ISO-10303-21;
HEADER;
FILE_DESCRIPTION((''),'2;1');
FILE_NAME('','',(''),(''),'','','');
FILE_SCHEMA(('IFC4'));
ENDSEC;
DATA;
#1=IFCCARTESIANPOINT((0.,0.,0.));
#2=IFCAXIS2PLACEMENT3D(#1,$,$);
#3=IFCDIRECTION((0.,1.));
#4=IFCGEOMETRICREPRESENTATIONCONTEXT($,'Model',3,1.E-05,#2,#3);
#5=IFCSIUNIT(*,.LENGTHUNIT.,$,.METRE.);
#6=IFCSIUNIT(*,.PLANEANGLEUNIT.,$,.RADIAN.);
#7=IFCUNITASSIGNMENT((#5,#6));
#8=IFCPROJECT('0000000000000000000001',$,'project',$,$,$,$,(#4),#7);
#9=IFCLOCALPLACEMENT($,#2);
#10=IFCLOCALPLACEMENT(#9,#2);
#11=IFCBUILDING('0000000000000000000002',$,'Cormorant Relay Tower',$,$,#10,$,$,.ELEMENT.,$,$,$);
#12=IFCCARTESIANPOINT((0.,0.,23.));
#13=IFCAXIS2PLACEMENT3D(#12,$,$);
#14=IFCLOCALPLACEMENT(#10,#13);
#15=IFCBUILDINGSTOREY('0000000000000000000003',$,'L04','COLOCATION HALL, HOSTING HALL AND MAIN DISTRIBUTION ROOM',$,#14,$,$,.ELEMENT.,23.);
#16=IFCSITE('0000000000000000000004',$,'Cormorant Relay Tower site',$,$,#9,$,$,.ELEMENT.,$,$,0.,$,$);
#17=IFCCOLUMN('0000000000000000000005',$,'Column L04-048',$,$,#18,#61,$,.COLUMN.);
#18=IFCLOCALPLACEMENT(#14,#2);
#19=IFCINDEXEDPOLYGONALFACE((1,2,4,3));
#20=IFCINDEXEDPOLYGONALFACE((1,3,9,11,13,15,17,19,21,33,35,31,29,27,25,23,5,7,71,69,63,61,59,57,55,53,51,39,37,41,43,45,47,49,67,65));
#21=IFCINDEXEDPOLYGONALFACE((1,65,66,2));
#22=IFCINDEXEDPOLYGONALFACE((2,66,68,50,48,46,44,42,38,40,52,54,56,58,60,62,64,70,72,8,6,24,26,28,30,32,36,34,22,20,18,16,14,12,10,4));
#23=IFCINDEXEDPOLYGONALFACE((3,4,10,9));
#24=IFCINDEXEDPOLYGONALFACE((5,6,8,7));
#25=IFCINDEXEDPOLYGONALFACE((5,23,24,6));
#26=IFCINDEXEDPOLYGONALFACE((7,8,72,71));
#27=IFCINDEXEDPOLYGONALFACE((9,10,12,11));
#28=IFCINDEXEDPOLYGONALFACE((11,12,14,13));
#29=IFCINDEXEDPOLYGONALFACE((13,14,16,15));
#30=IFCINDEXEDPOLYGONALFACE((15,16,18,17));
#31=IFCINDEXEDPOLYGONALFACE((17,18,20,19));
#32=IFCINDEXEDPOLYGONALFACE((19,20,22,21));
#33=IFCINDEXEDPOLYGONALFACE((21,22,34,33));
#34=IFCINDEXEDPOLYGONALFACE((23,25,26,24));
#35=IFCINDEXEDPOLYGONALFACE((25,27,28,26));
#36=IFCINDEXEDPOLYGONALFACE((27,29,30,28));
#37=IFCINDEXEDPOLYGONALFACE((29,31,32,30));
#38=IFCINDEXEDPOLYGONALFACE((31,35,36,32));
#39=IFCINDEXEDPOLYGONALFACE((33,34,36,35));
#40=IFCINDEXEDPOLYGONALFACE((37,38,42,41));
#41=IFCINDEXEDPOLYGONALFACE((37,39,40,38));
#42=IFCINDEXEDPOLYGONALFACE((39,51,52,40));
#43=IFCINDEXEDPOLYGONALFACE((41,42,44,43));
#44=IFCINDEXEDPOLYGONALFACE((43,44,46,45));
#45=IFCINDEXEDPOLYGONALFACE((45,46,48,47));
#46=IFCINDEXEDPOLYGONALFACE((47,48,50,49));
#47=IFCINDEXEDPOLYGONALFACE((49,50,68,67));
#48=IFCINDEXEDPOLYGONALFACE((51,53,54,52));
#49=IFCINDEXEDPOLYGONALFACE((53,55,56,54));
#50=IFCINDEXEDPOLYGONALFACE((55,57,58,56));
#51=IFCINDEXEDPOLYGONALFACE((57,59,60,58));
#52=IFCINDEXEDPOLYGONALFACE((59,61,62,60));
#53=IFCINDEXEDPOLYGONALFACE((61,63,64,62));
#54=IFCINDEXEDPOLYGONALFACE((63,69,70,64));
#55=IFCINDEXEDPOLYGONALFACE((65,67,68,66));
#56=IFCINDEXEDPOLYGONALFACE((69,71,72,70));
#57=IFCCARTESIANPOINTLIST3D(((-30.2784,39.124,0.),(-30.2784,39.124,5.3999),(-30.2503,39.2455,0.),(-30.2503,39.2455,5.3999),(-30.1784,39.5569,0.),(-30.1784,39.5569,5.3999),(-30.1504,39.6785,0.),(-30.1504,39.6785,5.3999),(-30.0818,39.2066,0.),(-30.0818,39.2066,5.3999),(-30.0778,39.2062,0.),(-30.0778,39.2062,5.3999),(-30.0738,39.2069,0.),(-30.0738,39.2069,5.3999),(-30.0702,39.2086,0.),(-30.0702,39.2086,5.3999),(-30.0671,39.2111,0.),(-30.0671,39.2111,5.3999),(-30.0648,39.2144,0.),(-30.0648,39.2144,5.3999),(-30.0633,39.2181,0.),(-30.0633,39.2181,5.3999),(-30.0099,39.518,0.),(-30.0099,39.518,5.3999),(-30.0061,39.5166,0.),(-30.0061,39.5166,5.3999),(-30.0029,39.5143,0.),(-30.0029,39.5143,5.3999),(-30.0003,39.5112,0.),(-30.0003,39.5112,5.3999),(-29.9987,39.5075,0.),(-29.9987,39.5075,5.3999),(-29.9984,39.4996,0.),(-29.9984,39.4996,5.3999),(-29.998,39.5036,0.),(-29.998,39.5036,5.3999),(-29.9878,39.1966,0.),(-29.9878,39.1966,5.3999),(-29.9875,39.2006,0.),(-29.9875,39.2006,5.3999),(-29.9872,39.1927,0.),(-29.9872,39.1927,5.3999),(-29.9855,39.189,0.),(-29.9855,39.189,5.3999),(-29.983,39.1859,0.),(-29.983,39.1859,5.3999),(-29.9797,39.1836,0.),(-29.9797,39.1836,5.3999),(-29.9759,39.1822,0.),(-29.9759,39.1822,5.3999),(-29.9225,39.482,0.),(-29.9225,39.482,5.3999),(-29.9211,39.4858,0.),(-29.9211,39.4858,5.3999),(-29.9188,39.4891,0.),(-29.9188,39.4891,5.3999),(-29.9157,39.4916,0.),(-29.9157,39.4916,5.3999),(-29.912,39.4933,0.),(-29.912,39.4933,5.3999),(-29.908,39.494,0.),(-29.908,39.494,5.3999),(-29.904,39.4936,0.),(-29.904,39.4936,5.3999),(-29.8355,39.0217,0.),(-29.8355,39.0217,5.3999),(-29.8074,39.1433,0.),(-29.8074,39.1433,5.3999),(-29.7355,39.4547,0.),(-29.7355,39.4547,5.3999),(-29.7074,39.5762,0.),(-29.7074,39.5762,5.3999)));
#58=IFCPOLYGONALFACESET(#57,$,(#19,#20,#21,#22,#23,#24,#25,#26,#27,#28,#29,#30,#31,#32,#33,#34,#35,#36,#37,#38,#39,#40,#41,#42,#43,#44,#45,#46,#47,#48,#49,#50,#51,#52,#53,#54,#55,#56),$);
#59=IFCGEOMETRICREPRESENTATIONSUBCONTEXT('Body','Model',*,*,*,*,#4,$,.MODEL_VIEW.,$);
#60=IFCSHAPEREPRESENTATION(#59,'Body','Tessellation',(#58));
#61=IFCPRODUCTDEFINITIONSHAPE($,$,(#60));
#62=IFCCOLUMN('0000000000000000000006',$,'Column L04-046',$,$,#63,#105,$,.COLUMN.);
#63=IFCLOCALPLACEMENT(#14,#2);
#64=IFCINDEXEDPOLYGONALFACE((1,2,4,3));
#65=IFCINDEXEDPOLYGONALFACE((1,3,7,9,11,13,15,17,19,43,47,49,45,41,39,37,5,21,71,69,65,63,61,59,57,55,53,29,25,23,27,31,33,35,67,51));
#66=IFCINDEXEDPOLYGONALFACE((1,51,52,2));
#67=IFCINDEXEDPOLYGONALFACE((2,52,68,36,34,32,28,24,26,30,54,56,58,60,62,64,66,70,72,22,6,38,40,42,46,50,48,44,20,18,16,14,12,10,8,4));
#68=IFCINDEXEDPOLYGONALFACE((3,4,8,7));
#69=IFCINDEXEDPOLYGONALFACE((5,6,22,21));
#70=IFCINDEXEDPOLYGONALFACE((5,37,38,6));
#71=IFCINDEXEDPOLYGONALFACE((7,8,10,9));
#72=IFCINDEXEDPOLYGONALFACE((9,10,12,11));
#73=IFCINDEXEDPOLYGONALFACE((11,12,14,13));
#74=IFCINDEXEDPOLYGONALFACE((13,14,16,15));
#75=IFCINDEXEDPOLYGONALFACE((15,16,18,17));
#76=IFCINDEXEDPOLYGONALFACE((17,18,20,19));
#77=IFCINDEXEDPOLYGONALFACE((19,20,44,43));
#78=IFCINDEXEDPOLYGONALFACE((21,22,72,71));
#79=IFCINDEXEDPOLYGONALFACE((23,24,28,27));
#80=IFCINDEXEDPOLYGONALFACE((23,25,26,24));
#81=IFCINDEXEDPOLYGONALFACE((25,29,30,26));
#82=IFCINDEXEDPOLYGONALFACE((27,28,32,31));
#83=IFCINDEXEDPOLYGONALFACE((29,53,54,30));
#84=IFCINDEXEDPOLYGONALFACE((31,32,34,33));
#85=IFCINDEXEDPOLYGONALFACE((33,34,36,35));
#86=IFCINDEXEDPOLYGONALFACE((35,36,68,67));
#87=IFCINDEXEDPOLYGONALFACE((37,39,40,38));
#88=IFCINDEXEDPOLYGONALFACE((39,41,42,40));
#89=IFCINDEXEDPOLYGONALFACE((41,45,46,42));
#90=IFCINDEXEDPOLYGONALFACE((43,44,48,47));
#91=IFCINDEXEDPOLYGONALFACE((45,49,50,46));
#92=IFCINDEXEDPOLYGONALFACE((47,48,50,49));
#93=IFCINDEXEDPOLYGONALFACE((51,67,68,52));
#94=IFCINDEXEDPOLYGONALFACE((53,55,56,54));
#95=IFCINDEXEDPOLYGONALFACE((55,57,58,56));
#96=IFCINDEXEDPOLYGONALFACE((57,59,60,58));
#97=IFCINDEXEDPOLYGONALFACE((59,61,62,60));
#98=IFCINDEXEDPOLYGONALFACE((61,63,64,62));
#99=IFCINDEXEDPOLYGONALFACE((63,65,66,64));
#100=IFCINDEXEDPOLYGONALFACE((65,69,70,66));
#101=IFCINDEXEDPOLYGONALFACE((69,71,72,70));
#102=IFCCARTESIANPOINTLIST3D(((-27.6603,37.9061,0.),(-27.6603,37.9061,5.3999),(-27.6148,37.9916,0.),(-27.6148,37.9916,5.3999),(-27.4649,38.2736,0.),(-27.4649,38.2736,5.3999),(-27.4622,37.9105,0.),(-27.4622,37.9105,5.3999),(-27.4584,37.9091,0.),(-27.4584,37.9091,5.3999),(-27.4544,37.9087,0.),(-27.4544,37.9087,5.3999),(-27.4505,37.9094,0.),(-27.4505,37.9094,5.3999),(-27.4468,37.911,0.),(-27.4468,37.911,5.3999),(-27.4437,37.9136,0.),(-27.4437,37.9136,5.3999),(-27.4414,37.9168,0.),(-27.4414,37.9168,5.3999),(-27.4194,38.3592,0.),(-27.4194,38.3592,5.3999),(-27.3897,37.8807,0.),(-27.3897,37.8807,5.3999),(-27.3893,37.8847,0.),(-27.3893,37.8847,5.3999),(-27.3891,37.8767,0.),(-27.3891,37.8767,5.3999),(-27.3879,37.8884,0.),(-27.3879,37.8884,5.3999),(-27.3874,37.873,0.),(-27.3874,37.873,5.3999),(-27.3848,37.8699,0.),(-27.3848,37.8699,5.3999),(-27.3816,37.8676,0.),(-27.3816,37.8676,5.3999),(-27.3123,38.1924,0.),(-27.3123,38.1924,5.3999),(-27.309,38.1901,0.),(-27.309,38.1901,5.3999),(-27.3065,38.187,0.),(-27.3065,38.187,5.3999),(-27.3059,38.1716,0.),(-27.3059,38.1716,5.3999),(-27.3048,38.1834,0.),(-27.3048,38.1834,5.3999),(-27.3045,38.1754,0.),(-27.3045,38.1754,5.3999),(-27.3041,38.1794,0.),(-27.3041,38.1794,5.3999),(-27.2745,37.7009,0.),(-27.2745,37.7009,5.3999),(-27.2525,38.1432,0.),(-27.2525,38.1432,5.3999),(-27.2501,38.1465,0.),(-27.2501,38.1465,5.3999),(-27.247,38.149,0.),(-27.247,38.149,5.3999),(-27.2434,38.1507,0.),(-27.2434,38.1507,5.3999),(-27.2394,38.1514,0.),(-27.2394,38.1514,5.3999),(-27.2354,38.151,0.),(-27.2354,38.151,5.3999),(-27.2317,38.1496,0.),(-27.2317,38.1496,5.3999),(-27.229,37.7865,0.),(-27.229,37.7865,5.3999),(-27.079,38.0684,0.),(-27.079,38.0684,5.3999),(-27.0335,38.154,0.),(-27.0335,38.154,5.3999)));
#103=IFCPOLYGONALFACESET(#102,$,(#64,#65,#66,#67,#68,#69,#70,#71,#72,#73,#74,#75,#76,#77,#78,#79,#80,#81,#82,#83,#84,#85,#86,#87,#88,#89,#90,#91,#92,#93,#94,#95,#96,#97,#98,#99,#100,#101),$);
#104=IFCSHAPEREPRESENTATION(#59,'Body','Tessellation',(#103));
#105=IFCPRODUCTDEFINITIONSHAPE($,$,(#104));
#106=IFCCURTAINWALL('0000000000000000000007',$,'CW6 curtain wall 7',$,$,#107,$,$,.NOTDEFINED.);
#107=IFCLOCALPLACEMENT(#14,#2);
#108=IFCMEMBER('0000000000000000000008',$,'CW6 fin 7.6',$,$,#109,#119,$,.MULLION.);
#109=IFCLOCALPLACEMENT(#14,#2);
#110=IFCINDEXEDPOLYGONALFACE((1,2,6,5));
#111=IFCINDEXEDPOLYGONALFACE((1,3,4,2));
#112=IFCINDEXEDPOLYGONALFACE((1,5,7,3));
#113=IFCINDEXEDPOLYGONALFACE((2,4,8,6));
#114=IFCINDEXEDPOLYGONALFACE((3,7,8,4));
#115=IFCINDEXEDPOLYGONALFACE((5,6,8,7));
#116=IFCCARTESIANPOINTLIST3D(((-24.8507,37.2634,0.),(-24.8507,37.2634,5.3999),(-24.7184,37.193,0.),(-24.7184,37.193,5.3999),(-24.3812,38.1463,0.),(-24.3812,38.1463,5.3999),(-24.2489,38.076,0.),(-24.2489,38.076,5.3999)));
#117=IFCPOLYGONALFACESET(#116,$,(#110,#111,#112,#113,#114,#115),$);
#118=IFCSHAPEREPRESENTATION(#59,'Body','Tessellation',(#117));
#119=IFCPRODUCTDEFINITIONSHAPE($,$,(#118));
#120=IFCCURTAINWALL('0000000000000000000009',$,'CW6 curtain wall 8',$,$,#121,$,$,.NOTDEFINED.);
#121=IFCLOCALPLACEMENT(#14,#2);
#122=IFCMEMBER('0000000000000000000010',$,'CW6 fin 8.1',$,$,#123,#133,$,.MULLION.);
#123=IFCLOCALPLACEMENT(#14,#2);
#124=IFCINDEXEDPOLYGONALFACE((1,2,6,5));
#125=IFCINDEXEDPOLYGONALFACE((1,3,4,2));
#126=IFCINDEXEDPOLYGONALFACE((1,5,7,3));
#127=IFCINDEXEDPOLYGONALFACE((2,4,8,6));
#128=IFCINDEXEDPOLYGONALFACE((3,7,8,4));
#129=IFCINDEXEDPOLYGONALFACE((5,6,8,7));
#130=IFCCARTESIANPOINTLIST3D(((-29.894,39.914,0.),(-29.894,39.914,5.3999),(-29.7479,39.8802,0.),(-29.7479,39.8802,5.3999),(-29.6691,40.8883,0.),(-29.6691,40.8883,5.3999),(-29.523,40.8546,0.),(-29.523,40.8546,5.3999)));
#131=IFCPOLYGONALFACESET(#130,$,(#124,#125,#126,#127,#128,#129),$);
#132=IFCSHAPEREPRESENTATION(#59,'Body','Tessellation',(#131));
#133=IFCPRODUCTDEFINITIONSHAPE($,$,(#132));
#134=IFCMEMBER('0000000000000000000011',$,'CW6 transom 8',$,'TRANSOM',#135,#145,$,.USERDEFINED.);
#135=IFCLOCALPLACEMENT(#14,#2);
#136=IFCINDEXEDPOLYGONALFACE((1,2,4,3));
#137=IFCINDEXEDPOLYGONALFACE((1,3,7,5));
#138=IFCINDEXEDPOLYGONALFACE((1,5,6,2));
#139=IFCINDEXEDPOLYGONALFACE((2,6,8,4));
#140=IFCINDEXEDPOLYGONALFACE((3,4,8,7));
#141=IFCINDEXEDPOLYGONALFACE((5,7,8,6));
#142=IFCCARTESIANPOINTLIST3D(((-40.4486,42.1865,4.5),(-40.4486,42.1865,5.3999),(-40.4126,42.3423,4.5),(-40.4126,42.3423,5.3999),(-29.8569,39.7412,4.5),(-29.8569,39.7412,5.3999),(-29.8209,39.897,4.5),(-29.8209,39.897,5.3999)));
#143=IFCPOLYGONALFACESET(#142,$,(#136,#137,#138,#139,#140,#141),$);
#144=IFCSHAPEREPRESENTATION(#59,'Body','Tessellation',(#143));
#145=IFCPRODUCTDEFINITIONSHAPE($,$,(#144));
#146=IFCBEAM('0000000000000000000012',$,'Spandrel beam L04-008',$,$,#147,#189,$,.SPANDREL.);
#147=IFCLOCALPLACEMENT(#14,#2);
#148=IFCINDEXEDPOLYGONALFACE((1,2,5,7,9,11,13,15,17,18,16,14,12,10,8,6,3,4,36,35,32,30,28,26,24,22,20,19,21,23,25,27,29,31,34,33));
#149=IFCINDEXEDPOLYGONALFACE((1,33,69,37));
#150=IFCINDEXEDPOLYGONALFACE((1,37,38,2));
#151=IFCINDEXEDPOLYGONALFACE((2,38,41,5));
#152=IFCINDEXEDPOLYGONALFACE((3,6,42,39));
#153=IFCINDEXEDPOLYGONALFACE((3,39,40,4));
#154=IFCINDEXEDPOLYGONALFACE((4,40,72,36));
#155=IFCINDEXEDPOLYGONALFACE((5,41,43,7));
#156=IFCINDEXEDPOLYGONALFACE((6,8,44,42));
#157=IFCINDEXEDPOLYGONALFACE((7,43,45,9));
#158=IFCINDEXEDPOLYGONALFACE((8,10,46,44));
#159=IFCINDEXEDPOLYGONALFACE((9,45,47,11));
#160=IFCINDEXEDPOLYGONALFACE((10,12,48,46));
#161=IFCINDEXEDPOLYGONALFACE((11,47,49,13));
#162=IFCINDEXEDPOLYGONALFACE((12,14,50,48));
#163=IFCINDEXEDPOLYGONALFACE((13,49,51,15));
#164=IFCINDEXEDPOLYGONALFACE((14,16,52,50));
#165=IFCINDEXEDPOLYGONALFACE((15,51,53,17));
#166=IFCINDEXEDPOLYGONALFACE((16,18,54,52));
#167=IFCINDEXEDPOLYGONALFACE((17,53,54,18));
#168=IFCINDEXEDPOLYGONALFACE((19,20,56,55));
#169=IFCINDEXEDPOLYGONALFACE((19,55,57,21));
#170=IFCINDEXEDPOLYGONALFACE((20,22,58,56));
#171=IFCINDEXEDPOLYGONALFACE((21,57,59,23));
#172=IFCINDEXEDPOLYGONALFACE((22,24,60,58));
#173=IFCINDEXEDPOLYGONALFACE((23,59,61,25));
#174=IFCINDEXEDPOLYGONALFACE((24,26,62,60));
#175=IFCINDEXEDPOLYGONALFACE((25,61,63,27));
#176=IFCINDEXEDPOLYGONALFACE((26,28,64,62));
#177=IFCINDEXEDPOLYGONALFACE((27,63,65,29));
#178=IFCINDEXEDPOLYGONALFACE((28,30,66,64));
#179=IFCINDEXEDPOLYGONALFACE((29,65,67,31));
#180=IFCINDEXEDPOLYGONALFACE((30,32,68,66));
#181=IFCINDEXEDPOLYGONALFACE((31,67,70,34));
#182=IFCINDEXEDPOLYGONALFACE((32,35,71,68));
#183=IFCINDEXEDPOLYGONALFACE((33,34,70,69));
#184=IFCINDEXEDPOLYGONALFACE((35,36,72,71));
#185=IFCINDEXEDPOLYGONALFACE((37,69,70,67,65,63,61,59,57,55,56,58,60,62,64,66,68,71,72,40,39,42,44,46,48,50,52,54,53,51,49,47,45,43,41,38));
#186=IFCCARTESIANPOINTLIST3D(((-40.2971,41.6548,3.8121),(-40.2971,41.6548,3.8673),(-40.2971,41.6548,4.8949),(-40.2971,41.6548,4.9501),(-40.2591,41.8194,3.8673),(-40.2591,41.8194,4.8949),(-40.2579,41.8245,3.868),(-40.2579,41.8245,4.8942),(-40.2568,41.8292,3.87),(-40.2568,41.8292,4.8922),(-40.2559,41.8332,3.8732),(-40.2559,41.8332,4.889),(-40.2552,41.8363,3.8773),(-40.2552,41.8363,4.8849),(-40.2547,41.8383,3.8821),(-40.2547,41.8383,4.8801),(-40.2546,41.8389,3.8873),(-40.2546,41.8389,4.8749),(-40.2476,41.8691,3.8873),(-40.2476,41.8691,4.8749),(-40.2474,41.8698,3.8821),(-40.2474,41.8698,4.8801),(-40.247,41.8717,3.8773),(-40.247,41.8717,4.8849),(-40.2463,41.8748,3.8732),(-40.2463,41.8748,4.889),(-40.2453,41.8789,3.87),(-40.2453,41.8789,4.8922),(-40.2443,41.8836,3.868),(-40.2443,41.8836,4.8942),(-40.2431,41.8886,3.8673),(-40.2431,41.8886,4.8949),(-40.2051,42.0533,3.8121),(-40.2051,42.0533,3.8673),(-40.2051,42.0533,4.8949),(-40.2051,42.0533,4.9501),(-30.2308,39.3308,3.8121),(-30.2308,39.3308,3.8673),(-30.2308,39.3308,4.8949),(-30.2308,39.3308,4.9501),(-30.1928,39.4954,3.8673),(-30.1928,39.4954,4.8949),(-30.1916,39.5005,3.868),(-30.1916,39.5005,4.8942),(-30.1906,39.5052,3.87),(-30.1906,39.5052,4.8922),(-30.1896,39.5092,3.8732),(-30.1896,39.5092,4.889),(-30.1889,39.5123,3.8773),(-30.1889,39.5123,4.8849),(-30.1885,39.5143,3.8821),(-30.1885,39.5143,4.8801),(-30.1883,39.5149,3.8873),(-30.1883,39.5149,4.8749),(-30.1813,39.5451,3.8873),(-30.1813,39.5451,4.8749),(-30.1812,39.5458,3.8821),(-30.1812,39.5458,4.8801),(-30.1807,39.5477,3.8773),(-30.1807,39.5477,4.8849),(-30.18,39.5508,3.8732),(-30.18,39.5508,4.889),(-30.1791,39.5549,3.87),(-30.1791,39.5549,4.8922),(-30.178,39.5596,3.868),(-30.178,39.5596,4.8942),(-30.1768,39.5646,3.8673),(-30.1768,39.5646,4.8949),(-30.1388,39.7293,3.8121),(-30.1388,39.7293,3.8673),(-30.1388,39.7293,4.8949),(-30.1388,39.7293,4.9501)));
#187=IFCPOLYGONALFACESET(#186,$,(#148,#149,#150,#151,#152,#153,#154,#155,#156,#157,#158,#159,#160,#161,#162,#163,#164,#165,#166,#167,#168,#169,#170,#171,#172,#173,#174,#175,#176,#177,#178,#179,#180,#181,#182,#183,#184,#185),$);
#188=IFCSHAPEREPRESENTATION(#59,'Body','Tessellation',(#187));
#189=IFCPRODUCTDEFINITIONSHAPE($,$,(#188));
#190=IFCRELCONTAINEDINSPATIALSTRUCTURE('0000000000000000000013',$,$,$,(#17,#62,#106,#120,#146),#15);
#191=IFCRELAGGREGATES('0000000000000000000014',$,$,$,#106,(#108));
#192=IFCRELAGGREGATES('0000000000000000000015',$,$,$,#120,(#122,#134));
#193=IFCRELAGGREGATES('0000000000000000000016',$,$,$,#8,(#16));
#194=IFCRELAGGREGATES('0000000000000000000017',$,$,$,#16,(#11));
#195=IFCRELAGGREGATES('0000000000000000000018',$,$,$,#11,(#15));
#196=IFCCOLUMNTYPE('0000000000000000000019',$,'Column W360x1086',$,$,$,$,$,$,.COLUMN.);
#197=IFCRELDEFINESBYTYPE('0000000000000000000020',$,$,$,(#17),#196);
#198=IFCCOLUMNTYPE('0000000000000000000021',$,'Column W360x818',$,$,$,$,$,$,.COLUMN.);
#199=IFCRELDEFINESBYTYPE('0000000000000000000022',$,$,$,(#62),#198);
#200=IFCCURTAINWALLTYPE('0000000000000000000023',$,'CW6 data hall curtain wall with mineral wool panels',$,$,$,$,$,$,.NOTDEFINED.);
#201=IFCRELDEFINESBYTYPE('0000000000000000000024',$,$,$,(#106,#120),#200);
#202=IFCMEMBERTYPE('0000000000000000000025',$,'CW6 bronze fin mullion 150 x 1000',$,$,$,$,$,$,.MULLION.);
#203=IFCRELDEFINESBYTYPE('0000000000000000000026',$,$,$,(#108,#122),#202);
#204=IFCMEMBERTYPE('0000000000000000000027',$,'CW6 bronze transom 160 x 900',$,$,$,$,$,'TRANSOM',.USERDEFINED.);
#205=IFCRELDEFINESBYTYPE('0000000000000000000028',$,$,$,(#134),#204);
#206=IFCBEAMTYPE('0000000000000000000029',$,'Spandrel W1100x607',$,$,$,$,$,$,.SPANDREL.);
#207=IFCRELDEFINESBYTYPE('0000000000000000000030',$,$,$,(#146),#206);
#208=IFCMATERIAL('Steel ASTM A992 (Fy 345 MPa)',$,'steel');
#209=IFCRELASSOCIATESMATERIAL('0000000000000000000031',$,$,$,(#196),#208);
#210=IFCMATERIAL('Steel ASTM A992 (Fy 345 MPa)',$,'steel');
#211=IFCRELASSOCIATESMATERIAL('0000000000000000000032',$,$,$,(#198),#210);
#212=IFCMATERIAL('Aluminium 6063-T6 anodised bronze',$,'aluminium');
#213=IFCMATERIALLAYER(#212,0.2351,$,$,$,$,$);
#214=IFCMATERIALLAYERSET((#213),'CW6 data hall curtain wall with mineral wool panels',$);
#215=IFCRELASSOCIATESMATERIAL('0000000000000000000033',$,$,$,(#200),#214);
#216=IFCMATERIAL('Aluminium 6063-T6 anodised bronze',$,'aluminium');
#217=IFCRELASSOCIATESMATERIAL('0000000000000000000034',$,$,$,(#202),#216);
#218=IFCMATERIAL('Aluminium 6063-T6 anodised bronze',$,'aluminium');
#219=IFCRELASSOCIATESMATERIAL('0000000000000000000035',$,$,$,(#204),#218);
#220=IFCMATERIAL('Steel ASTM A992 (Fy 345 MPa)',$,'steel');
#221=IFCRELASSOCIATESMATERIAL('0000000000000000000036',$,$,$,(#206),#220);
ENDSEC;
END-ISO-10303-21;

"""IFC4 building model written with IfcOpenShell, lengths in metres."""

from ifc_helpers import new_model, si_unit, direction, frame, origin, origin_2d, place, context, subcontext, project, spatial, rectangle, i_section, extrude, material, layer, layer_set, material_profile, profile_set, type_object, element, aggregate, save


model = new_model("IFC4")

# Units and contexts
model_context = context("Model", 3, precision=1e-05, world=origin(), true_north=direction((0.0, 1.0)))
body_context = subcontext(model_context, "Body", "Model", "MODEL_VIEW")
ifc_project = project(units=[si_unit("LENGTHUNIT", "METRE"), si_unit("PLANEANGLEUNIT", "RADIAN")], contexts=[model_context])

# Site, building, storey
site_placement = place(None, origin())
site = spatial("IfcSite", under=ifc_project, at=site_placement, Name="Cormorant Relay Tower site", CompositionType="ELEMENT", RefElevation=0.0)
building_placement = place(site_placement, origin())
building = spatial("IfcBuilding", under=site, at=building_placement, Name="Cormorant Relay Tower", CompositionType="ELEMENT")
storey_placement = place(building_placement, frame((0.0, 0.0, 23.0)))
storey = spatial("IfcBuildingStorey", under=building, at=storey_placement, Name="L04", Description="COLOCATION HALL, HOSTING HALL AND MAIN DISTRIBUTION ROOM", CompositionType="ELEMENT", Elevation=23.0)

# Columns
ifc_material_1 = material(Name="Steel ASTM A992 (Fy 345 MPa)", Category="steel")
ifc_material_profile_1 = material_profile(ifc_material_1, i_section(OverallWidth=0.4546, OverallDepth=0.5691, WebThickness=0.0779, FlangeThickness=0.1248, FilletRadius=0.0154, at=origin_2d()), Name="W360x1086")
ifc_profile_set_1 = profile_set([ifc_material_profile_1], Name="Steel ASTM A992 (Fy 345 MPa)")
column_type_1 = type_object("IfcColumnType", Name="Column W360x1086", PredefinedType="COLUMN", material=ifc_profile_set_1)
column_1_placement = place(storey_placement, frame((-29.9929, 39.3501, 0.0), z_axis=(0.0, 0.0, 1.0), x_axis=(-0.97437, 0.224951, 0.0)))
element("IfcColumn", 1, at=column_1_placement, inside=storey, type_object=column_type_1, Name="Column L04-048", PredefinedType="COLUMN", context=body_context, shape_type="SweptSolid", body=[
    extrude(i_section(OverallWidth=0.4546, OverallDepth=0.5691, WebThickness=0.0779, FlangeThickness=0.1248, FilletRadius=0.0154, at=origin_2d()), origin(), (0.0, 0.0, 1.0), 5.3999),
])
ifc_material_2 = material(Name="Steel ASTM A992 (Fy 345 MPa)", Category="steel")
ifc_material_profile_2 = material_profile(ifc_material_2, i_section(OverallWidth=0.437, OverallDepth=0.5132, WebThickness=0.0605, FlangeThickness=0.0969, FilletRadius=0.0154, at=origin_2d()), Name="W360x818")
ifc_profile_set_2 = profile_set([ifc_material_profile_2], Name="Steel ASTM A992 (Fy 345 MPa)")
column_type_2 = type_object("IfcColumnType", Name="Column W360x818", PredefinedType="COLUMN", material=ifc_profile_set_2)
column_2_placement = place(storey_placement, frame((-27.3469, 38.03, 0.0), z_axis=(0.0, 0.0, 1.0), x_axis=(-0.882948, 0.469472, 0.0)))
element("IfcColumn", 2, at=column_2_placement, inside=storey, type_object=column_type_2, Name="Column L04-046", PredefinedType="COLUMN", context=body_context, shape_type="SweptSolid", body=[
    extrude(i_section(OverallWidth=0.437, OverallDepth=0.5132, WebThickness=0.0605, FlangeThickness=0.0969, FilletRadius=0.0154, at=origin_2d()), origin(), (0.0, 0.0, 1.0), 5.3999),
])

# Curtain wall, member
ifc_material_3 = material(Name="Aluminium 6063-T6 anodised bronze", Category="aluminium")
ifc_layer_1 = layer(ifc_material_3, 0.2351)
ifc_layer_set_1 = layer_set([ifc_layer_1], Name="CW6 data hall curtain wall with mineral wool panels")
curtain_wall_type = type_object("IfcCurtainWallType", Name="CW6 data hall curtain wall with mineral wool panels", PredefinedType="NOTDEFINED", material=ifc_layer_set_1)
curtain_wall_1_placement = place(storey_placement, origin())
curtain_wall_1 = element("IfcCurtainWall", 3, at=curtain_wall_1_placement, inside=storey, type_object=curtain_wall_type, Name="CW6 curtain wall 7", PredefinedType="NOTDEFINED")
ifc_material_4 = material(Name="Aluminium 6063-T6 anodised bronze", Category="aluminium")
ifc_material_profile_3 = material_profile(ifc_material_4, rectangle(XDim=0.1499, YDim=1.0, at=origin_2d()), Name="AL 150x1000")
ifc_profile_set_3 = profile_set([ifc_material_profile_3], Name="Aluminium 6063-T6 anodised bronze")
member_type_1 = type_object("IfcMemberType", Name="CW6 bronze fin mullion 150 x 1000", PredefinedType="MULLION", material=ifc_profile_set_3)
member_1_placement = place(storey_placement, frame((-24.5498, 37.6697, 0.0), z_axis=(0.0, 0.0, 1.0), x_axis=(-0.882948, 0.469472, 0.0)))
member_1 = element("IfcMember", 4, at=member_1_placement, type_object=member_type_1, Name="CW6 fin 7.6", PredefinedType="MULLION", context=body_context, shape_type="SweptSolid", body=[
    extrude(rectangle(XDim=0.1499, YDim=1.0, at=origin_2d()), origin(), (0.0, 0.0, 1.0), 5.3999),
])

# Curtain wall, members
curtain_wall_2_placement = place(storey_placement, origin())
curtain_wall_2 = element("IfcCurtainWall", 5, at=curtain_wall_2_placement, inside=storey, type_object=curtain_wall_type, Name="CW6 curtain wall 8", PredefinedType="NOTDEFINED")
member_2_placement = place(storey_placement, frame((-29.7085, 40.3843, 0.0), z_axis=(0.0, 0.0, 1.0), x_axis=(-0.97437, 0.224951, 0.0)))
member_2 = element("IfcMember", 6, at=member_2_placement, type_object=member_type_1, Name="CW6 fin 8.1", PredefinedType="MULLION", context=body_context, shape_type="SweptSolid", body=[
    extrude(rectangle(XDim=0.1499, YDim=1.0, at=origin_2d()), origin(), (0.0, 0.0, 1.0), 5.3999),
])
ifc_material_5 = material(Name="Aluminium 6063-T6 anodised bronze", Category="aluminium")
ifc_material_profile_4 = material_profile(ifc_material_5, rectangle(XDim=0.1599, YDim=0.8999, at=origin_2d()), Name="AL 160x900")
ifc_profile_set_4 = profile_set([ifc_material_profile_4], Name="Aluminium 6063-T6 anodised bronze")
member_type_2 = type_object("IfcMemberType", Name="CW6 bronze transom 160 x 900", ElementType="TRANSOM", PredefinedType="USERDEFINED", material=ifc_profile_set_4)
member_3_placement = place(storey_placement, frame((-29.8389, 39.8191, 4.95), z_axis=(-0.97437, 0.224951, 0.0), x_axis=(-0.224951, -0.97437, 0.0)))
member_3 = element("IfcMember", 7, at=member_3_placement, type_object=member_type_2, Name="CW6 transom 8", ObjectType="TRANSOM", PredefinedType="USERDEFINED", context=body_context, shape_type="SweptSolid", body=[
    extrude(rectangle(XDim=0.1599, YDim=0.8999, at=origin_2d()), origin(), (0.0, 0.0, 1.0), 10.8704),
])

# Beam
ifc_material_6 = material(Name="Steel ASTM A992 (Fy 345 MPa)", Category="steel")
ifc_material_profile_5 = material_profile(ifc_material_6, i_section(OverallWidth=0.4089, OverallDepth=1.1379, WebThickness=0.031, FlangeThickness=0.0552, FilletRadius=0.02, at=origin_2d()), Name="W1100x607")
ifc_profile_set_5 = profile_set([ifc_material_profile_5], Name="Steel ASTM A992 (Fy 345 MPa)")
beam_type = type_object("IfcBeamType", Name="Spandrel W1100x607", PredefinedType="SPANDREL", material=ifc_profile_set_5)
beam_placement = place(storey_placement, frame((-30.1848, 39.53, 4.3811), z_axis=(-0.97437, 0.224953, 0.0), x_axis=(-0.224953, -0.97437, 0.0)))
element("IfcBeam", 8, at=beam_placement, inside=storey, type_object=beam_type, Name="Spandrel beam L04-008", PredefinedType="SPANDREL", context=body_context, shape_type="SweptSolid", body=[
    extrude(i_section(OverallWidth=0.4089, OverallDepth=1.1379, WebThickness=0.031, FlangeThickness=0.0552, FilletRadius=0.02, at=origin_2d()), origin(), (0.0, 0.0, 1.0), 10.3311),
])

aggregate(curtain_wall_1, [member_1])
aggregate(curtain_wall_2, [member_2, member_3])

save(model, "model.ifc")
